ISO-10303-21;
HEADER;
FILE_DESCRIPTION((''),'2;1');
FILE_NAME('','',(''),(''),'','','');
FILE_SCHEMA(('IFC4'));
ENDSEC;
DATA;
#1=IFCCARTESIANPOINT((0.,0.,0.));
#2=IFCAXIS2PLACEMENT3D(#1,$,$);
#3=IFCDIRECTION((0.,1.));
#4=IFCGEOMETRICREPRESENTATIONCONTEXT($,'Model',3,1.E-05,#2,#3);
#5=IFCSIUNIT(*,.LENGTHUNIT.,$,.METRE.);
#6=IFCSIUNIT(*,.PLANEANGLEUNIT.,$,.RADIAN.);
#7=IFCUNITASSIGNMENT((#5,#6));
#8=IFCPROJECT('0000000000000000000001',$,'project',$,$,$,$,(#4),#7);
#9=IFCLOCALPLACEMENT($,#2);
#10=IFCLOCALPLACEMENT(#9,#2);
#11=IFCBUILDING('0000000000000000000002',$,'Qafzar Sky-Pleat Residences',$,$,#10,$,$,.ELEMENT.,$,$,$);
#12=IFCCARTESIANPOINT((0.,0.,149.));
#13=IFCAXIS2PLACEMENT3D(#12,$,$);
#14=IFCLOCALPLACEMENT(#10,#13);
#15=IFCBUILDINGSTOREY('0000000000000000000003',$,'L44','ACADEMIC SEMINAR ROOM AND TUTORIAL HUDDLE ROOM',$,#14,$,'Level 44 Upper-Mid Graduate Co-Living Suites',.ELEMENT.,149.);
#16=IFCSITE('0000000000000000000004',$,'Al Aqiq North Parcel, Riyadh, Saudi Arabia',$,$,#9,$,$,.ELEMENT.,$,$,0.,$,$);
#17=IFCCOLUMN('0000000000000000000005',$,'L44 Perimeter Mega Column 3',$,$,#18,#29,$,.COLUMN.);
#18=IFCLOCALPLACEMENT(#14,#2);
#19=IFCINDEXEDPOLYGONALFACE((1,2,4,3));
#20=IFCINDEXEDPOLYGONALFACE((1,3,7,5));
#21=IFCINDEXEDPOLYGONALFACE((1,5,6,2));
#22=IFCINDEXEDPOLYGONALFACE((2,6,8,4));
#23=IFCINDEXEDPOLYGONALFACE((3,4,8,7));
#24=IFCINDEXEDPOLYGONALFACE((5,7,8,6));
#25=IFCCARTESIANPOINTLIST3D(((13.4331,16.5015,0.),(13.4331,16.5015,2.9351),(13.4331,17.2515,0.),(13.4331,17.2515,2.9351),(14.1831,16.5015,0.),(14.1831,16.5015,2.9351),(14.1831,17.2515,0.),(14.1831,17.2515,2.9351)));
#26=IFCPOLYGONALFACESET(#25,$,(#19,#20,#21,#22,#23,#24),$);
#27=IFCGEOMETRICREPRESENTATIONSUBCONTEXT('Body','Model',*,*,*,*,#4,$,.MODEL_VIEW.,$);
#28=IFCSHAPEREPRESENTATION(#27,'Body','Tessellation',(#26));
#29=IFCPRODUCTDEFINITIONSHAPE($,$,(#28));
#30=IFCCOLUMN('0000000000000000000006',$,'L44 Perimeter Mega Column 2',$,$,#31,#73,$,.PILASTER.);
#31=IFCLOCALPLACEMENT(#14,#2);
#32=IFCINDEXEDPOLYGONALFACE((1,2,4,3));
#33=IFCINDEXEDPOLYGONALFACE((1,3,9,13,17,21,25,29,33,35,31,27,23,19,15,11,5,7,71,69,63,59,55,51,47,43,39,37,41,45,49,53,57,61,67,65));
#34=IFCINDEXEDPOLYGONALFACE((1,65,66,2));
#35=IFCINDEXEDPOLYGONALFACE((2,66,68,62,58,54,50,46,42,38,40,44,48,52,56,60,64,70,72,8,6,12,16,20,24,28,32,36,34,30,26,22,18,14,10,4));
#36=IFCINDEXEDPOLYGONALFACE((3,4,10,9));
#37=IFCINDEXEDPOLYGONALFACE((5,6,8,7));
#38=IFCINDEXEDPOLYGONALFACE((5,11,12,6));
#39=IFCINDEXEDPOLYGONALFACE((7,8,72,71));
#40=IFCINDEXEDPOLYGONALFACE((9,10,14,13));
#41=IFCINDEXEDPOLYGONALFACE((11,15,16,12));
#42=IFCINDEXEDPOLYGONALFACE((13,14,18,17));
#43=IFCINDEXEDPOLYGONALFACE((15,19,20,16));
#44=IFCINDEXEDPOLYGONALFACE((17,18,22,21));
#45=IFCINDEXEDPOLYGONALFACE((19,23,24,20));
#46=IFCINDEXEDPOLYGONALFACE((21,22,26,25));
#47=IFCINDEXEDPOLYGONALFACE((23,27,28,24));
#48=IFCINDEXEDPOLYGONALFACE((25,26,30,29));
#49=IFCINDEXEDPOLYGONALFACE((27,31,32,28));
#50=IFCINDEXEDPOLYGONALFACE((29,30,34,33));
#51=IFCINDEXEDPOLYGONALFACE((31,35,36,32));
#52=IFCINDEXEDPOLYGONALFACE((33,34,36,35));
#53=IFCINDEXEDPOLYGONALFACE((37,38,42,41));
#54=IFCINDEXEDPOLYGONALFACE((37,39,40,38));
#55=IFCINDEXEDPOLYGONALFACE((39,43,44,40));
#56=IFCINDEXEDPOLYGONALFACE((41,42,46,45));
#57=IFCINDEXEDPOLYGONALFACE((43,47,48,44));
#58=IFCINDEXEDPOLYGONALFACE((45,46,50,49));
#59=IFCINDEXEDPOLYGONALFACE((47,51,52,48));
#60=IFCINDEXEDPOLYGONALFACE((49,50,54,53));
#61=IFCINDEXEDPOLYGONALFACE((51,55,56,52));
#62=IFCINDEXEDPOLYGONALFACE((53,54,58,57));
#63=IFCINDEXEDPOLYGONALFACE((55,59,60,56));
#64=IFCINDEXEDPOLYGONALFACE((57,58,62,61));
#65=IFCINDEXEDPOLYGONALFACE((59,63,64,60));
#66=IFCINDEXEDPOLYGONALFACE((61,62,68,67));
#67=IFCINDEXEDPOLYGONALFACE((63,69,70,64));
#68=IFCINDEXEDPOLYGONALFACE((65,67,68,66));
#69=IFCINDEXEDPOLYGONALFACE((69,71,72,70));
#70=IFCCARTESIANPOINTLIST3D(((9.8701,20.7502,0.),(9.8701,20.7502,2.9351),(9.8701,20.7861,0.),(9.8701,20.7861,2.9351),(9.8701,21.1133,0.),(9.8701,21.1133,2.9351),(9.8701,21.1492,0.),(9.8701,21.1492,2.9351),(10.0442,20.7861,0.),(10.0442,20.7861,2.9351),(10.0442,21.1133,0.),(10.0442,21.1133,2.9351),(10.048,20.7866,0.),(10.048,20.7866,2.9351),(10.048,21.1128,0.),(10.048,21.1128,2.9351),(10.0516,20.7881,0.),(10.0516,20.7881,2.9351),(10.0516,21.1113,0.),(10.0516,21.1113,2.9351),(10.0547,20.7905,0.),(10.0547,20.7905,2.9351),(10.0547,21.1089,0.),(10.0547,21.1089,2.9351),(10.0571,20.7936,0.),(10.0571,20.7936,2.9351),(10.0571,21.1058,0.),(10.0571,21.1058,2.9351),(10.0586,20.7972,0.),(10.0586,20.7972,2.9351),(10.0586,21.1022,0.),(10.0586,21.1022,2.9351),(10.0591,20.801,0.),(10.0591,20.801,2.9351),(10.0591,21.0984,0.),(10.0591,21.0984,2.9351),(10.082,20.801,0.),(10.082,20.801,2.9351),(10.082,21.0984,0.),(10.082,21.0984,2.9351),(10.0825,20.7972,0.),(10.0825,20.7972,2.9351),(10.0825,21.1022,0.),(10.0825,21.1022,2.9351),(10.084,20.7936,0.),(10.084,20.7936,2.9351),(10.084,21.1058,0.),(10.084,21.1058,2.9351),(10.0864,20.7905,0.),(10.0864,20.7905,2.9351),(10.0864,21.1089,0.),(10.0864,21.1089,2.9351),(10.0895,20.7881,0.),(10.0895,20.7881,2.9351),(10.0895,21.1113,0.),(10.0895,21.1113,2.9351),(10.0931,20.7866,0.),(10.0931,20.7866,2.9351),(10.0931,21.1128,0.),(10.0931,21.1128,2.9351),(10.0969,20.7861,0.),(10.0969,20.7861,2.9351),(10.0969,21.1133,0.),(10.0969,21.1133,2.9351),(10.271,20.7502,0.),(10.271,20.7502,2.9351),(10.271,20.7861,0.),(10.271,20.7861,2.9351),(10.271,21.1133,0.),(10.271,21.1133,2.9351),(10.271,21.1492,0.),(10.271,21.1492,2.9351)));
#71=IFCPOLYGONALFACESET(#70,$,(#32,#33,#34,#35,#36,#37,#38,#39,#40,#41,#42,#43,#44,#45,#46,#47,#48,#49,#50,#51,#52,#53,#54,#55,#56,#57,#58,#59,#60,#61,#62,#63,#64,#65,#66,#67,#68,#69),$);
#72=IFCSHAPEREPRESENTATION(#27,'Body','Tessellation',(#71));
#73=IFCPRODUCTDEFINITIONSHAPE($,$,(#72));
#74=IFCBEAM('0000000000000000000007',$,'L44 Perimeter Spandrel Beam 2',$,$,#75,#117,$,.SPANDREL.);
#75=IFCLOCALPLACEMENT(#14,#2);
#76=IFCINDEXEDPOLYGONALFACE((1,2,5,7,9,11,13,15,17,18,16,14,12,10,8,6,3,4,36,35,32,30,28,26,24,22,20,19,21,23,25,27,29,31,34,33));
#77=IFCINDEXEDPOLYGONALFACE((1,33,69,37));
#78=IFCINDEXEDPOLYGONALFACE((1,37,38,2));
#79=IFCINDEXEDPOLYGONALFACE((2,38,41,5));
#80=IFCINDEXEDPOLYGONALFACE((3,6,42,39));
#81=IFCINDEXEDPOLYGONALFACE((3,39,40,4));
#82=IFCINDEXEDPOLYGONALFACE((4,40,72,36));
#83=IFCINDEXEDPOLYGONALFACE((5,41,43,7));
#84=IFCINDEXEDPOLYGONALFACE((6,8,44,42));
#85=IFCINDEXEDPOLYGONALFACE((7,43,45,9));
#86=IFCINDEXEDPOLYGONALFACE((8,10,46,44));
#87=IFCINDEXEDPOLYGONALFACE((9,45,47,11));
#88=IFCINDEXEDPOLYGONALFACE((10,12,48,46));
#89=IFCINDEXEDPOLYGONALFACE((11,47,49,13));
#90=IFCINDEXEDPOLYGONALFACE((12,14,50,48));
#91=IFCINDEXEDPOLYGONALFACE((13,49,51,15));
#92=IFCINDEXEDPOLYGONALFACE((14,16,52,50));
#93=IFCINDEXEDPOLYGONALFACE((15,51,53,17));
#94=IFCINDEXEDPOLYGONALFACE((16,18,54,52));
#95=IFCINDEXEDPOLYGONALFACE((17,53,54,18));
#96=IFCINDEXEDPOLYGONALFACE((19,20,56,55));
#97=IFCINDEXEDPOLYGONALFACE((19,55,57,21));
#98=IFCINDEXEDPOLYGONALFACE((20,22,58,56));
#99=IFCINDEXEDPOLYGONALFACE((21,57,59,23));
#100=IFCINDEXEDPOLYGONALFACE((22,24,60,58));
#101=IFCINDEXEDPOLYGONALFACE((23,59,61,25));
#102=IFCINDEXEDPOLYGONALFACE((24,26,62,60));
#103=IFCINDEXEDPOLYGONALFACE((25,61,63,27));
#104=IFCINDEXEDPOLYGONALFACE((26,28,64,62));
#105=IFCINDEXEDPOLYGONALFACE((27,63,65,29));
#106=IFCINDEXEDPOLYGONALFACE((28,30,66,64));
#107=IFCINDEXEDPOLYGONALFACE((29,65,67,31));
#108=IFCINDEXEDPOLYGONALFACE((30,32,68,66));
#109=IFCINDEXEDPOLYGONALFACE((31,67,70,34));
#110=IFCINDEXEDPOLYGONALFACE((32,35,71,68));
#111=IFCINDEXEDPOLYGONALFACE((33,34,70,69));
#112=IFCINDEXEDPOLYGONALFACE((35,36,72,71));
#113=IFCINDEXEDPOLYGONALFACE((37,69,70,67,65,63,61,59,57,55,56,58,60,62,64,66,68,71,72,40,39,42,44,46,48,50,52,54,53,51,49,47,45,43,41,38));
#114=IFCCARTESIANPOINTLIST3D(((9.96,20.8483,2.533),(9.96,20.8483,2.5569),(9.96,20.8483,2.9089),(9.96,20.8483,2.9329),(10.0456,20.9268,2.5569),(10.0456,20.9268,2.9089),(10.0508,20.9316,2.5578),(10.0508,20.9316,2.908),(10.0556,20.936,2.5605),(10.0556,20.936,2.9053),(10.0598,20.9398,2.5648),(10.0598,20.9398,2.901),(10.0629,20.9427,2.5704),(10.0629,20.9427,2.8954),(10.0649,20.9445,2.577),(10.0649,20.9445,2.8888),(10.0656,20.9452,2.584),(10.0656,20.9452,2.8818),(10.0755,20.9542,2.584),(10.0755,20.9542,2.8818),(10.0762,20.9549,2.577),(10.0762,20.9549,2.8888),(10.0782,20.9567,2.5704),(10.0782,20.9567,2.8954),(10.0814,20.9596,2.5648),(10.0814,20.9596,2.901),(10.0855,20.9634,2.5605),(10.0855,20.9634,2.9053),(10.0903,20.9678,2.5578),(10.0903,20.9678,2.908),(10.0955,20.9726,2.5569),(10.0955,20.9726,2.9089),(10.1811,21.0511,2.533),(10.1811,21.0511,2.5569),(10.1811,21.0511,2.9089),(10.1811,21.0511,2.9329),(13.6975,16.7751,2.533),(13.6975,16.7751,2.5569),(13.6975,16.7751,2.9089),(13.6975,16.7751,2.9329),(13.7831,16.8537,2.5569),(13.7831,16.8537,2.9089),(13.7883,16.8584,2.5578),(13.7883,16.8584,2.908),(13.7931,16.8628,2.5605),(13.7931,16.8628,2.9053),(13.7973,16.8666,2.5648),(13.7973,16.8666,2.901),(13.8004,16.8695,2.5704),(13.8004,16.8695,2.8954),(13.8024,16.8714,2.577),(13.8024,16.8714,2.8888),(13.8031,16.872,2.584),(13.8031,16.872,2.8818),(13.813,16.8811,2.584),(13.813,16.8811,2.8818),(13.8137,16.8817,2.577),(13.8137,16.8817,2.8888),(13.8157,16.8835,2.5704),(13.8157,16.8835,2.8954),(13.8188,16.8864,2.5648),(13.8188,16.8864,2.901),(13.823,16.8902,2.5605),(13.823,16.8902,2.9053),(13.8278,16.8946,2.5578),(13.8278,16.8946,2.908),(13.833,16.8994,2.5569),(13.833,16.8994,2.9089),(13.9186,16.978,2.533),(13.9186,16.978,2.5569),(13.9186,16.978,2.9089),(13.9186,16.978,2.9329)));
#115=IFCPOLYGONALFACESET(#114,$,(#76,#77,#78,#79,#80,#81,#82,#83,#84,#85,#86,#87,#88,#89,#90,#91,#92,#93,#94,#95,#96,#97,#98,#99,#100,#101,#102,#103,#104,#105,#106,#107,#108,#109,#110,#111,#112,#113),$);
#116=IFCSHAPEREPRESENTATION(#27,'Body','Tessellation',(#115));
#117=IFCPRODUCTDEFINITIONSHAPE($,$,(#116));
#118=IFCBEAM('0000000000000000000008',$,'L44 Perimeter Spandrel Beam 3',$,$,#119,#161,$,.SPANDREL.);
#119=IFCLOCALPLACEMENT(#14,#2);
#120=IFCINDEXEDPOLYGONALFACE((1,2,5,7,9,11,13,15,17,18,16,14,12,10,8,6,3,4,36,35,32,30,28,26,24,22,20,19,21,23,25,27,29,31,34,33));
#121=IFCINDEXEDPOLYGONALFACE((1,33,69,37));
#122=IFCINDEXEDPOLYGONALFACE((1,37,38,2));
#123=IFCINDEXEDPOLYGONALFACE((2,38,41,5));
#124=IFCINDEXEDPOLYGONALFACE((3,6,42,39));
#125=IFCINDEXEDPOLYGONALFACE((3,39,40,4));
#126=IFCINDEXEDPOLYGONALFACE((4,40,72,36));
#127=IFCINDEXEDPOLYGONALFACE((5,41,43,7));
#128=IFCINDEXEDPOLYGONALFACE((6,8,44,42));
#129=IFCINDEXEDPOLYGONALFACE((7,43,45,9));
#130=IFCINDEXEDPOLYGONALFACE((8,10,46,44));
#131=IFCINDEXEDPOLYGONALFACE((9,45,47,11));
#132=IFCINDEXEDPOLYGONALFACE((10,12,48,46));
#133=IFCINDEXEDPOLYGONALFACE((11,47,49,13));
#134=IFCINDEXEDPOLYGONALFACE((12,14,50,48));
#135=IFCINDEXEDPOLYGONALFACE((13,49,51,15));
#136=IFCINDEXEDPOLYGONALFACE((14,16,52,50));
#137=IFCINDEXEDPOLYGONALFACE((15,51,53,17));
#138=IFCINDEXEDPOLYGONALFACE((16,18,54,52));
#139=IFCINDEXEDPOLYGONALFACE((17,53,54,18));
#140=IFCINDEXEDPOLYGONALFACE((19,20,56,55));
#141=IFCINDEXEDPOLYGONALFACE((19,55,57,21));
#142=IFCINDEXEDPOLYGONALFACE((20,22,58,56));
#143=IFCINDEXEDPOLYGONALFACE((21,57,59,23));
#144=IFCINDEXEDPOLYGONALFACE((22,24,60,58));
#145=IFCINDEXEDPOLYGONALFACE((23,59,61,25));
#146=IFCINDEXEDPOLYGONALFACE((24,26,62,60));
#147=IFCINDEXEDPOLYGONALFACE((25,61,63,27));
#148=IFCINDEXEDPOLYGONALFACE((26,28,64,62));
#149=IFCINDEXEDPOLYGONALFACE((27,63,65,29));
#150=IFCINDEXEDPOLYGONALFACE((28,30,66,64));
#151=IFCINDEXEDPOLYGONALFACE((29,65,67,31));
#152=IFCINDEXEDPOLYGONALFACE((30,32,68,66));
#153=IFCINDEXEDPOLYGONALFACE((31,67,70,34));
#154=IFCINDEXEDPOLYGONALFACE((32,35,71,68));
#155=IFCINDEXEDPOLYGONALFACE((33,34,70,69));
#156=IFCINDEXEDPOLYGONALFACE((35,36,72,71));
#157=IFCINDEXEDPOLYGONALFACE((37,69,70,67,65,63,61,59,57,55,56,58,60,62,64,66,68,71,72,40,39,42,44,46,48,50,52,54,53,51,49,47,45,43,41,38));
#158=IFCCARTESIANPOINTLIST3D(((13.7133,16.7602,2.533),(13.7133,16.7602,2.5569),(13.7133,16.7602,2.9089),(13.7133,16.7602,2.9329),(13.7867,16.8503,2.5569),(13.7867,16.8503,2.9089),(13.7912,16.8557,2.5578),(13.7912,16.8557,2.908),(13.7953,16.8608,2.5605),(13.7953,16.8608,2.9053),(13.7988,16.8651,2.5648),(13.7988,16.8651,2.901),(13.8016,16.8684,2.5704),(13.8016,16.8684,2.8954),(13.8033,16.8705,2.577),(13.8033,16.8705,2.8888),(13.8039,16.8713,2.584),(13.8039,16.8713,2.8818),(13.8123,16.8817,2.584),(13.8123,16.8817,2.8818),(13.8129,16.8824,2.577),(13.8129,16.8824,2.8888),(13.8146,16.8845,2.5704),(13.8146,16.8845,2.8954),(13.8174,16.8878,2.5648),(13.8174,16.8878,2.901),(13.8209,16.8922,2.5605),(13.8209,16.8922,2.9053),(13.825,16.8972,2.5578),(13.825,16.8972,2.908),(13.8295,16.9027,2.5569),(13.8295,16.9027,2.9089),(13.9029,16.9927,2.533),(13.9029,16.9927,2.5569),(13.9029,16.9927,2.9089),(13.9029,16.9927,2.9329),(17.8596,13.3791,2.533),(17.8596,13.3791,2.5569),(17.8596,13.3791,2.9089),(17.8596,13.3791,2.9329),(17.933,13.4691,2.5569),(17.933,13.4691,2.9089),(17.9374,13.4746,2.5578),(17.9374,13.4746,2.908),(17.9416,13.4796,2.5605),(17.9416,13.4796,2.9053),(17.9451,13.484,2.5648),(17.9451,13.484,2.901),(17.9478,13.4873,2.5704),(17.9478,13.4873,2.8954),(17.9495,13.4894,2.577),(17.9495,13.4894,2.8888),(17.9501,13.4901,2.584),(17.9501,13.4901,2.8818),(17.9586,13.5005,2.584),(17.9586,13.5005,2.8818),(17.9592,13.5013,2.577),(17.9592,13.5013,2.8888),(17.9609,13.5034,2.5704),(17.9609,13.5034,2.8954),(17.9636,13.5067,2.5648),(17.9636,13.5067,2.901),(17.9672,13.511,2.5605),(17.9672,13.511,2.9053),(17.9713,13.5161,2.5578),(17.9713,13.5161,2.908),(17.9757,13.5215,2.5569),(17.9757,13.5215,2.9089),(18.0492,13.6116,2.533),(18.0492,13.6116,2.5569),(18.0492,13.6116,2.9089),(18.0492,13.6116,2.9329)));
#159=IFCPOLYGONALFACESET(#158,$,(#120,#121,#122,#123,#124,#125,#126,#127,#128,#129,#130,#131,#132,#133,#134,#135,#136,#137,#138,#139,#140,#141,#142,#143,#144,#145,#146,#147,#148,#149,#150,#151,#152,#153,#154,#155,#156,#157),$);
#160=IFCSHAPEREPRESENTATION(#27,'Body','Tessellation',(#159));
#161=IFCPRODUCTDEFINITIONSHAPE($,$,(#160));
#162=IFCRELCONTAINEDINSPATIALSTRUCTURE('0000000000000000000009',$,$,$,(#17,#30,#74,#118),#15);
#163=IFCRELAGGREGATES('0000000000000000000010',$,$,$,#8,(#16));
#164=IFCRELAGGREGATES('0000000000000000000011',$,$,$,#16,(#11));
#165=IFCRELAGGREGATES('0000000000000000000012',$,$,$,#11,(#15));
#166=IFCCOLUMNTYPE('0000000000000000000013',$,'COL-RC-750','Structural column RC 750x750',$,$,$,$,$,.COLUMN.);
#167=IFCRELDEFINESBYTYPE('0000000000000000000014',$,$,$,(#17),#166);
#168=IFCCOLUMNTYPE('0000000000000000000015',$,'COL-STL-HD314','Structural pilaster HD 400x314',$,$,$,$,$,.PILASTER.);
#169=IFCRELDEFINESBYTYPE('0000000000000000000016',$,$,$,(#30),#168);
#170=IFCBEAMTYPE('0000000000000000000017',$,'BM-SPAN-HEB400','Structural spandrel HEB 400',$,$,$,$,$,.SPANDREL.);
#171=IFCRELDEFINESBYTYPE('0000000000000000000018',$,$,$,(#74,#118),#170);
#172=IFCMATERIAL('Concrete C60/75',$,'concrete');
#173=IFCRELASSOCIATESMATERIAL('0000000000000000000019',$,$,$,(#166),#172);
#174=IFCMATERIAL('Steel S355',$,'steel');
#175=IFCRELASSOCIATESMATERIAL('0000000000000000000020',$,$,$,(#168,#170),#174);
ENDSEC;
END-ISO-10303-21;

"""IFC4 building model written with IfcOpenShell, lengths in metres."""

from ifc_helpers import new_model, si_unit, direction, frame, origin, origin_2d, place, context, subcontext, project, spatial, rectangle, i_section, extrude, source, transform, mapped, material, material_profile, profile_set, type_object, element, save


model = new_model("IFC4")

# Units and contexts
model_context = context("Model", 3, precision=1e-05, world=origin(), true_north=direction((0.0, 1.0)))
body_context = subcontext(model_context, "Body", "Model", "MODEL_VIEW")
ifc_project = project(units=[si_unit("LENGTHUNIT", "METRE"), si_unit("PLANEANGLEUNIT", "RADIAN")], contexts=[model_context])

# Site, building, storey
site_placement = place(None, origin())
site = spatial("IfcSite", under=ifc_project, at=site_placement, Name="Al Aqiq North Parcel, Riyadh, Saudi Arabia", CompositionType="ELEMENT", RefElevation=0.0)
building_placement = place(site_placement, origin())
building = spatial("IfcBuilding", under=site, at=building_placement, Name="Qafzar Sky-Pleat Residences", CompositionType="ELEMENT")
storey_placement = place(building_placement, frame((0.0, 0.0, 149.0)))
storey = spatial("IfcBuildingStorey", under=building, at=storey_placement, Name="L44", Description="ACADEMIC SEMINAR ROOM AND TUTORIAL HUDDLE ROOM", LongName="Level 44 Upper-Mid Graduate Co-Living Suites", CompositionType="ELEMENT", Elevation=149.0)

# Columns
ifc_material_1 = material(Name="Concrete C60/75", Category="concrete")
ifc_material_profile_1 = material_profile(ifc_material_1, rectangle(XDim=0.75, YDim=0.75, at=origin_2d()), Name="RC 750x750")
ifc_profile_set_1 = profile_set([ifc_material_profile_1], Name="Concrete C60/75")
column_type_1 = type_object("IfcColumnType", Name="COL-RC-750", Description="Structural column RC 750x750", PredefinedType="COLUMN", material=ifc_profile_set_1)
shared_shape_1 = source(origin(), body_context, "Body", "SweptSolid", [
    extrude(rectangle(XDim=0.75, YDim=0.75, at=origin_2d()), origin(), (0.0, 0.0, 1.0), 2.9351),
])
column_1_placement = place(storey_placement, frame((13.8081, 16.8765, 0.0), z_axis=(0.0, 0.0, 1.0), x_axis=(1.0, 0.0, 0.0)))
element("IfcColumn", 1, at=column_1_placement, inside=storey, type_object=column_type_1, Name="L44 Perimeter Mega Column 3", PredefinedType="COLUMN", context=body_context, shape_type="MappedRepresentation", body=[
    mapped(shared_shape_1, transform((0.0, 0.0, 0.0), x_axis=(1.0, 0.0, 0.0), y_axis=(0.0, 1.0, 0.0), z_axis=(0.0, 0.0, 1.0), scale=1.0)),
])
ifc_material_2 = material(Name="Steel S355", Category="steel")
ifc_material_profile_2 = material_profile(ifc_material_2, i_section(OverallWidth=0.4009, OverallDepth=0.3989, WebThickness=0.0229, FlangeThickness=0.0359, FilletRadius=0.0149, at=origin_2d()), Name="HD 400x314")
ifc_profile_set_2 = profile_set([ifc_material_profile_2], Name="Steel S355")
column_type_2 = type_object("IfcColumnType", Name="COL-STL-HD314", Description="Structural pilaster HD 400x314", PredefinedType="PILASTER", material=ifc_profile_set_2)
shared_shape_2 = source(origin(), body_context, "Body", "SweptSolid", [
    extrude(i_section(OverallWidth=0.4009, OverallDepth=0.3989, WebThickness=0.0229, FlangeThickness=0.0359, FilletRadius=0.0149, at=origin_2d()), origin(), (0.0, 0.0, 1.0), 2.9351),
])
column_2_placement = place(storey_placement, frame((10.0706, 20.9497, 0.0), z_axis=(0.0, 0.0, 1.0), x_axis=(1.0, 0.0, 0.0)))
element("IfcColumn", 2, at=column_2_placement, inside=storey, type_object=column_type_2, Name="L44 Perimeter Mega Column 2", PredefinedType="PILASTER", context=body_context, shape_type="MappedRepresentation", body=[
    mapped(shared_shape_2, transform((0.0, 0.0, 0.0), x_axis=(1.0, 0.0, 0.0), y_axis=(0.0, 1.0, 0.0), z_axis=(0.0, 0.0, 1.0), scale=1.0)),
])

# Beams
ifc_material_profile_3 = material_profile(ifc_material_2, i_section(OverallWidth=0.3, OverallDepth=0.3999, WebThickness=0.0134, FlangeThickness=0.0239, FilletRadius=0.0271, at=origin_2d()), Name="HEB 400")
ifc_profile_set_3 = profile_set([ifc_material_profile_3], Name="Steel S355")
beam_type_1 = type_object("IfcBeamType", Name="BM-SPAN-HEB400", Description="Structural spandrel HEB 400", PredefinedType="SPANDREL", material=ifc_profile_set_3)
shared_shape_3 = source(origin(), body_context, "Body", "SweptSolid", [
    extrude(i_section(OverallWidth=0.3, OverallDepth=0.3999, WebThickness=0.0134, FlangeThickness=0.0239, FilletRadius=0.0271, at=origin_2d()), origin(), (0.0, 0.0, 1.0), 5.5281),
])
beam_1_placement = place(storey_placement, frame((10.0706, 20.9497, 2.7329), z_axis=(0.676093, -0.736817, 0.0), x_axis=(0.736817, 0.676093, 0.0)))
element("IfcBeam", 3, at=beam_1_placement, inside=storey, type_object=beam_type_1, Name="L44 Perimeter Spandrel Beam 2", PredefinedType="SPANDREL", context=body_context, shape_type="MappedRepresentation", body=[
    mapped(shared_shape_3, transform((0.0, 0.0, 0.0), x_axis=(1.0, 0.0, 0.0), y_axis=(0.0, 1.0, 0.0), z_axis=(0.0, 0.0, 1.0), scale=1.0)),
])
shared_shape_4 = source(origin(), body_context, "Body", "SweptSolid", [
    extrude(i_section(OverallWidth=0.3, OverallDepth=0.3999, WebThickness=0.0134, FlangeThickness=0.0239, FilletRadius=0.0271, at=origin_2d()), origin(), (0.0, 0.0, 1.0), 5.3501),
])
beam_2_placement = place(storey_placement, frame((13.8081, 16.8765, 2.7329), z_axis=(0.774989, -0.631975, 0.0), x_axis=(0.631975, 0.774989, 0.0)))
element("IfcBeam", 4, at=beam_2_placement, inside=storey, type_object=beam_type_1, Name="L44 Perimeter Spandrel Beam 3", PredefinedType="SPANDREL", context=body_context, shape_type="MappedRepresentation", body=[
    mapped(shared_shape_4, transform((0.0, 0.0, 0.0), x_axis=(1.0, 0.0, 0.0), y_axis=(0.0, 1.0, 0.0), z_axis=(0.0, 0.0, 1.0), scale=1.0)),
])

save(model, "model.ifc")
